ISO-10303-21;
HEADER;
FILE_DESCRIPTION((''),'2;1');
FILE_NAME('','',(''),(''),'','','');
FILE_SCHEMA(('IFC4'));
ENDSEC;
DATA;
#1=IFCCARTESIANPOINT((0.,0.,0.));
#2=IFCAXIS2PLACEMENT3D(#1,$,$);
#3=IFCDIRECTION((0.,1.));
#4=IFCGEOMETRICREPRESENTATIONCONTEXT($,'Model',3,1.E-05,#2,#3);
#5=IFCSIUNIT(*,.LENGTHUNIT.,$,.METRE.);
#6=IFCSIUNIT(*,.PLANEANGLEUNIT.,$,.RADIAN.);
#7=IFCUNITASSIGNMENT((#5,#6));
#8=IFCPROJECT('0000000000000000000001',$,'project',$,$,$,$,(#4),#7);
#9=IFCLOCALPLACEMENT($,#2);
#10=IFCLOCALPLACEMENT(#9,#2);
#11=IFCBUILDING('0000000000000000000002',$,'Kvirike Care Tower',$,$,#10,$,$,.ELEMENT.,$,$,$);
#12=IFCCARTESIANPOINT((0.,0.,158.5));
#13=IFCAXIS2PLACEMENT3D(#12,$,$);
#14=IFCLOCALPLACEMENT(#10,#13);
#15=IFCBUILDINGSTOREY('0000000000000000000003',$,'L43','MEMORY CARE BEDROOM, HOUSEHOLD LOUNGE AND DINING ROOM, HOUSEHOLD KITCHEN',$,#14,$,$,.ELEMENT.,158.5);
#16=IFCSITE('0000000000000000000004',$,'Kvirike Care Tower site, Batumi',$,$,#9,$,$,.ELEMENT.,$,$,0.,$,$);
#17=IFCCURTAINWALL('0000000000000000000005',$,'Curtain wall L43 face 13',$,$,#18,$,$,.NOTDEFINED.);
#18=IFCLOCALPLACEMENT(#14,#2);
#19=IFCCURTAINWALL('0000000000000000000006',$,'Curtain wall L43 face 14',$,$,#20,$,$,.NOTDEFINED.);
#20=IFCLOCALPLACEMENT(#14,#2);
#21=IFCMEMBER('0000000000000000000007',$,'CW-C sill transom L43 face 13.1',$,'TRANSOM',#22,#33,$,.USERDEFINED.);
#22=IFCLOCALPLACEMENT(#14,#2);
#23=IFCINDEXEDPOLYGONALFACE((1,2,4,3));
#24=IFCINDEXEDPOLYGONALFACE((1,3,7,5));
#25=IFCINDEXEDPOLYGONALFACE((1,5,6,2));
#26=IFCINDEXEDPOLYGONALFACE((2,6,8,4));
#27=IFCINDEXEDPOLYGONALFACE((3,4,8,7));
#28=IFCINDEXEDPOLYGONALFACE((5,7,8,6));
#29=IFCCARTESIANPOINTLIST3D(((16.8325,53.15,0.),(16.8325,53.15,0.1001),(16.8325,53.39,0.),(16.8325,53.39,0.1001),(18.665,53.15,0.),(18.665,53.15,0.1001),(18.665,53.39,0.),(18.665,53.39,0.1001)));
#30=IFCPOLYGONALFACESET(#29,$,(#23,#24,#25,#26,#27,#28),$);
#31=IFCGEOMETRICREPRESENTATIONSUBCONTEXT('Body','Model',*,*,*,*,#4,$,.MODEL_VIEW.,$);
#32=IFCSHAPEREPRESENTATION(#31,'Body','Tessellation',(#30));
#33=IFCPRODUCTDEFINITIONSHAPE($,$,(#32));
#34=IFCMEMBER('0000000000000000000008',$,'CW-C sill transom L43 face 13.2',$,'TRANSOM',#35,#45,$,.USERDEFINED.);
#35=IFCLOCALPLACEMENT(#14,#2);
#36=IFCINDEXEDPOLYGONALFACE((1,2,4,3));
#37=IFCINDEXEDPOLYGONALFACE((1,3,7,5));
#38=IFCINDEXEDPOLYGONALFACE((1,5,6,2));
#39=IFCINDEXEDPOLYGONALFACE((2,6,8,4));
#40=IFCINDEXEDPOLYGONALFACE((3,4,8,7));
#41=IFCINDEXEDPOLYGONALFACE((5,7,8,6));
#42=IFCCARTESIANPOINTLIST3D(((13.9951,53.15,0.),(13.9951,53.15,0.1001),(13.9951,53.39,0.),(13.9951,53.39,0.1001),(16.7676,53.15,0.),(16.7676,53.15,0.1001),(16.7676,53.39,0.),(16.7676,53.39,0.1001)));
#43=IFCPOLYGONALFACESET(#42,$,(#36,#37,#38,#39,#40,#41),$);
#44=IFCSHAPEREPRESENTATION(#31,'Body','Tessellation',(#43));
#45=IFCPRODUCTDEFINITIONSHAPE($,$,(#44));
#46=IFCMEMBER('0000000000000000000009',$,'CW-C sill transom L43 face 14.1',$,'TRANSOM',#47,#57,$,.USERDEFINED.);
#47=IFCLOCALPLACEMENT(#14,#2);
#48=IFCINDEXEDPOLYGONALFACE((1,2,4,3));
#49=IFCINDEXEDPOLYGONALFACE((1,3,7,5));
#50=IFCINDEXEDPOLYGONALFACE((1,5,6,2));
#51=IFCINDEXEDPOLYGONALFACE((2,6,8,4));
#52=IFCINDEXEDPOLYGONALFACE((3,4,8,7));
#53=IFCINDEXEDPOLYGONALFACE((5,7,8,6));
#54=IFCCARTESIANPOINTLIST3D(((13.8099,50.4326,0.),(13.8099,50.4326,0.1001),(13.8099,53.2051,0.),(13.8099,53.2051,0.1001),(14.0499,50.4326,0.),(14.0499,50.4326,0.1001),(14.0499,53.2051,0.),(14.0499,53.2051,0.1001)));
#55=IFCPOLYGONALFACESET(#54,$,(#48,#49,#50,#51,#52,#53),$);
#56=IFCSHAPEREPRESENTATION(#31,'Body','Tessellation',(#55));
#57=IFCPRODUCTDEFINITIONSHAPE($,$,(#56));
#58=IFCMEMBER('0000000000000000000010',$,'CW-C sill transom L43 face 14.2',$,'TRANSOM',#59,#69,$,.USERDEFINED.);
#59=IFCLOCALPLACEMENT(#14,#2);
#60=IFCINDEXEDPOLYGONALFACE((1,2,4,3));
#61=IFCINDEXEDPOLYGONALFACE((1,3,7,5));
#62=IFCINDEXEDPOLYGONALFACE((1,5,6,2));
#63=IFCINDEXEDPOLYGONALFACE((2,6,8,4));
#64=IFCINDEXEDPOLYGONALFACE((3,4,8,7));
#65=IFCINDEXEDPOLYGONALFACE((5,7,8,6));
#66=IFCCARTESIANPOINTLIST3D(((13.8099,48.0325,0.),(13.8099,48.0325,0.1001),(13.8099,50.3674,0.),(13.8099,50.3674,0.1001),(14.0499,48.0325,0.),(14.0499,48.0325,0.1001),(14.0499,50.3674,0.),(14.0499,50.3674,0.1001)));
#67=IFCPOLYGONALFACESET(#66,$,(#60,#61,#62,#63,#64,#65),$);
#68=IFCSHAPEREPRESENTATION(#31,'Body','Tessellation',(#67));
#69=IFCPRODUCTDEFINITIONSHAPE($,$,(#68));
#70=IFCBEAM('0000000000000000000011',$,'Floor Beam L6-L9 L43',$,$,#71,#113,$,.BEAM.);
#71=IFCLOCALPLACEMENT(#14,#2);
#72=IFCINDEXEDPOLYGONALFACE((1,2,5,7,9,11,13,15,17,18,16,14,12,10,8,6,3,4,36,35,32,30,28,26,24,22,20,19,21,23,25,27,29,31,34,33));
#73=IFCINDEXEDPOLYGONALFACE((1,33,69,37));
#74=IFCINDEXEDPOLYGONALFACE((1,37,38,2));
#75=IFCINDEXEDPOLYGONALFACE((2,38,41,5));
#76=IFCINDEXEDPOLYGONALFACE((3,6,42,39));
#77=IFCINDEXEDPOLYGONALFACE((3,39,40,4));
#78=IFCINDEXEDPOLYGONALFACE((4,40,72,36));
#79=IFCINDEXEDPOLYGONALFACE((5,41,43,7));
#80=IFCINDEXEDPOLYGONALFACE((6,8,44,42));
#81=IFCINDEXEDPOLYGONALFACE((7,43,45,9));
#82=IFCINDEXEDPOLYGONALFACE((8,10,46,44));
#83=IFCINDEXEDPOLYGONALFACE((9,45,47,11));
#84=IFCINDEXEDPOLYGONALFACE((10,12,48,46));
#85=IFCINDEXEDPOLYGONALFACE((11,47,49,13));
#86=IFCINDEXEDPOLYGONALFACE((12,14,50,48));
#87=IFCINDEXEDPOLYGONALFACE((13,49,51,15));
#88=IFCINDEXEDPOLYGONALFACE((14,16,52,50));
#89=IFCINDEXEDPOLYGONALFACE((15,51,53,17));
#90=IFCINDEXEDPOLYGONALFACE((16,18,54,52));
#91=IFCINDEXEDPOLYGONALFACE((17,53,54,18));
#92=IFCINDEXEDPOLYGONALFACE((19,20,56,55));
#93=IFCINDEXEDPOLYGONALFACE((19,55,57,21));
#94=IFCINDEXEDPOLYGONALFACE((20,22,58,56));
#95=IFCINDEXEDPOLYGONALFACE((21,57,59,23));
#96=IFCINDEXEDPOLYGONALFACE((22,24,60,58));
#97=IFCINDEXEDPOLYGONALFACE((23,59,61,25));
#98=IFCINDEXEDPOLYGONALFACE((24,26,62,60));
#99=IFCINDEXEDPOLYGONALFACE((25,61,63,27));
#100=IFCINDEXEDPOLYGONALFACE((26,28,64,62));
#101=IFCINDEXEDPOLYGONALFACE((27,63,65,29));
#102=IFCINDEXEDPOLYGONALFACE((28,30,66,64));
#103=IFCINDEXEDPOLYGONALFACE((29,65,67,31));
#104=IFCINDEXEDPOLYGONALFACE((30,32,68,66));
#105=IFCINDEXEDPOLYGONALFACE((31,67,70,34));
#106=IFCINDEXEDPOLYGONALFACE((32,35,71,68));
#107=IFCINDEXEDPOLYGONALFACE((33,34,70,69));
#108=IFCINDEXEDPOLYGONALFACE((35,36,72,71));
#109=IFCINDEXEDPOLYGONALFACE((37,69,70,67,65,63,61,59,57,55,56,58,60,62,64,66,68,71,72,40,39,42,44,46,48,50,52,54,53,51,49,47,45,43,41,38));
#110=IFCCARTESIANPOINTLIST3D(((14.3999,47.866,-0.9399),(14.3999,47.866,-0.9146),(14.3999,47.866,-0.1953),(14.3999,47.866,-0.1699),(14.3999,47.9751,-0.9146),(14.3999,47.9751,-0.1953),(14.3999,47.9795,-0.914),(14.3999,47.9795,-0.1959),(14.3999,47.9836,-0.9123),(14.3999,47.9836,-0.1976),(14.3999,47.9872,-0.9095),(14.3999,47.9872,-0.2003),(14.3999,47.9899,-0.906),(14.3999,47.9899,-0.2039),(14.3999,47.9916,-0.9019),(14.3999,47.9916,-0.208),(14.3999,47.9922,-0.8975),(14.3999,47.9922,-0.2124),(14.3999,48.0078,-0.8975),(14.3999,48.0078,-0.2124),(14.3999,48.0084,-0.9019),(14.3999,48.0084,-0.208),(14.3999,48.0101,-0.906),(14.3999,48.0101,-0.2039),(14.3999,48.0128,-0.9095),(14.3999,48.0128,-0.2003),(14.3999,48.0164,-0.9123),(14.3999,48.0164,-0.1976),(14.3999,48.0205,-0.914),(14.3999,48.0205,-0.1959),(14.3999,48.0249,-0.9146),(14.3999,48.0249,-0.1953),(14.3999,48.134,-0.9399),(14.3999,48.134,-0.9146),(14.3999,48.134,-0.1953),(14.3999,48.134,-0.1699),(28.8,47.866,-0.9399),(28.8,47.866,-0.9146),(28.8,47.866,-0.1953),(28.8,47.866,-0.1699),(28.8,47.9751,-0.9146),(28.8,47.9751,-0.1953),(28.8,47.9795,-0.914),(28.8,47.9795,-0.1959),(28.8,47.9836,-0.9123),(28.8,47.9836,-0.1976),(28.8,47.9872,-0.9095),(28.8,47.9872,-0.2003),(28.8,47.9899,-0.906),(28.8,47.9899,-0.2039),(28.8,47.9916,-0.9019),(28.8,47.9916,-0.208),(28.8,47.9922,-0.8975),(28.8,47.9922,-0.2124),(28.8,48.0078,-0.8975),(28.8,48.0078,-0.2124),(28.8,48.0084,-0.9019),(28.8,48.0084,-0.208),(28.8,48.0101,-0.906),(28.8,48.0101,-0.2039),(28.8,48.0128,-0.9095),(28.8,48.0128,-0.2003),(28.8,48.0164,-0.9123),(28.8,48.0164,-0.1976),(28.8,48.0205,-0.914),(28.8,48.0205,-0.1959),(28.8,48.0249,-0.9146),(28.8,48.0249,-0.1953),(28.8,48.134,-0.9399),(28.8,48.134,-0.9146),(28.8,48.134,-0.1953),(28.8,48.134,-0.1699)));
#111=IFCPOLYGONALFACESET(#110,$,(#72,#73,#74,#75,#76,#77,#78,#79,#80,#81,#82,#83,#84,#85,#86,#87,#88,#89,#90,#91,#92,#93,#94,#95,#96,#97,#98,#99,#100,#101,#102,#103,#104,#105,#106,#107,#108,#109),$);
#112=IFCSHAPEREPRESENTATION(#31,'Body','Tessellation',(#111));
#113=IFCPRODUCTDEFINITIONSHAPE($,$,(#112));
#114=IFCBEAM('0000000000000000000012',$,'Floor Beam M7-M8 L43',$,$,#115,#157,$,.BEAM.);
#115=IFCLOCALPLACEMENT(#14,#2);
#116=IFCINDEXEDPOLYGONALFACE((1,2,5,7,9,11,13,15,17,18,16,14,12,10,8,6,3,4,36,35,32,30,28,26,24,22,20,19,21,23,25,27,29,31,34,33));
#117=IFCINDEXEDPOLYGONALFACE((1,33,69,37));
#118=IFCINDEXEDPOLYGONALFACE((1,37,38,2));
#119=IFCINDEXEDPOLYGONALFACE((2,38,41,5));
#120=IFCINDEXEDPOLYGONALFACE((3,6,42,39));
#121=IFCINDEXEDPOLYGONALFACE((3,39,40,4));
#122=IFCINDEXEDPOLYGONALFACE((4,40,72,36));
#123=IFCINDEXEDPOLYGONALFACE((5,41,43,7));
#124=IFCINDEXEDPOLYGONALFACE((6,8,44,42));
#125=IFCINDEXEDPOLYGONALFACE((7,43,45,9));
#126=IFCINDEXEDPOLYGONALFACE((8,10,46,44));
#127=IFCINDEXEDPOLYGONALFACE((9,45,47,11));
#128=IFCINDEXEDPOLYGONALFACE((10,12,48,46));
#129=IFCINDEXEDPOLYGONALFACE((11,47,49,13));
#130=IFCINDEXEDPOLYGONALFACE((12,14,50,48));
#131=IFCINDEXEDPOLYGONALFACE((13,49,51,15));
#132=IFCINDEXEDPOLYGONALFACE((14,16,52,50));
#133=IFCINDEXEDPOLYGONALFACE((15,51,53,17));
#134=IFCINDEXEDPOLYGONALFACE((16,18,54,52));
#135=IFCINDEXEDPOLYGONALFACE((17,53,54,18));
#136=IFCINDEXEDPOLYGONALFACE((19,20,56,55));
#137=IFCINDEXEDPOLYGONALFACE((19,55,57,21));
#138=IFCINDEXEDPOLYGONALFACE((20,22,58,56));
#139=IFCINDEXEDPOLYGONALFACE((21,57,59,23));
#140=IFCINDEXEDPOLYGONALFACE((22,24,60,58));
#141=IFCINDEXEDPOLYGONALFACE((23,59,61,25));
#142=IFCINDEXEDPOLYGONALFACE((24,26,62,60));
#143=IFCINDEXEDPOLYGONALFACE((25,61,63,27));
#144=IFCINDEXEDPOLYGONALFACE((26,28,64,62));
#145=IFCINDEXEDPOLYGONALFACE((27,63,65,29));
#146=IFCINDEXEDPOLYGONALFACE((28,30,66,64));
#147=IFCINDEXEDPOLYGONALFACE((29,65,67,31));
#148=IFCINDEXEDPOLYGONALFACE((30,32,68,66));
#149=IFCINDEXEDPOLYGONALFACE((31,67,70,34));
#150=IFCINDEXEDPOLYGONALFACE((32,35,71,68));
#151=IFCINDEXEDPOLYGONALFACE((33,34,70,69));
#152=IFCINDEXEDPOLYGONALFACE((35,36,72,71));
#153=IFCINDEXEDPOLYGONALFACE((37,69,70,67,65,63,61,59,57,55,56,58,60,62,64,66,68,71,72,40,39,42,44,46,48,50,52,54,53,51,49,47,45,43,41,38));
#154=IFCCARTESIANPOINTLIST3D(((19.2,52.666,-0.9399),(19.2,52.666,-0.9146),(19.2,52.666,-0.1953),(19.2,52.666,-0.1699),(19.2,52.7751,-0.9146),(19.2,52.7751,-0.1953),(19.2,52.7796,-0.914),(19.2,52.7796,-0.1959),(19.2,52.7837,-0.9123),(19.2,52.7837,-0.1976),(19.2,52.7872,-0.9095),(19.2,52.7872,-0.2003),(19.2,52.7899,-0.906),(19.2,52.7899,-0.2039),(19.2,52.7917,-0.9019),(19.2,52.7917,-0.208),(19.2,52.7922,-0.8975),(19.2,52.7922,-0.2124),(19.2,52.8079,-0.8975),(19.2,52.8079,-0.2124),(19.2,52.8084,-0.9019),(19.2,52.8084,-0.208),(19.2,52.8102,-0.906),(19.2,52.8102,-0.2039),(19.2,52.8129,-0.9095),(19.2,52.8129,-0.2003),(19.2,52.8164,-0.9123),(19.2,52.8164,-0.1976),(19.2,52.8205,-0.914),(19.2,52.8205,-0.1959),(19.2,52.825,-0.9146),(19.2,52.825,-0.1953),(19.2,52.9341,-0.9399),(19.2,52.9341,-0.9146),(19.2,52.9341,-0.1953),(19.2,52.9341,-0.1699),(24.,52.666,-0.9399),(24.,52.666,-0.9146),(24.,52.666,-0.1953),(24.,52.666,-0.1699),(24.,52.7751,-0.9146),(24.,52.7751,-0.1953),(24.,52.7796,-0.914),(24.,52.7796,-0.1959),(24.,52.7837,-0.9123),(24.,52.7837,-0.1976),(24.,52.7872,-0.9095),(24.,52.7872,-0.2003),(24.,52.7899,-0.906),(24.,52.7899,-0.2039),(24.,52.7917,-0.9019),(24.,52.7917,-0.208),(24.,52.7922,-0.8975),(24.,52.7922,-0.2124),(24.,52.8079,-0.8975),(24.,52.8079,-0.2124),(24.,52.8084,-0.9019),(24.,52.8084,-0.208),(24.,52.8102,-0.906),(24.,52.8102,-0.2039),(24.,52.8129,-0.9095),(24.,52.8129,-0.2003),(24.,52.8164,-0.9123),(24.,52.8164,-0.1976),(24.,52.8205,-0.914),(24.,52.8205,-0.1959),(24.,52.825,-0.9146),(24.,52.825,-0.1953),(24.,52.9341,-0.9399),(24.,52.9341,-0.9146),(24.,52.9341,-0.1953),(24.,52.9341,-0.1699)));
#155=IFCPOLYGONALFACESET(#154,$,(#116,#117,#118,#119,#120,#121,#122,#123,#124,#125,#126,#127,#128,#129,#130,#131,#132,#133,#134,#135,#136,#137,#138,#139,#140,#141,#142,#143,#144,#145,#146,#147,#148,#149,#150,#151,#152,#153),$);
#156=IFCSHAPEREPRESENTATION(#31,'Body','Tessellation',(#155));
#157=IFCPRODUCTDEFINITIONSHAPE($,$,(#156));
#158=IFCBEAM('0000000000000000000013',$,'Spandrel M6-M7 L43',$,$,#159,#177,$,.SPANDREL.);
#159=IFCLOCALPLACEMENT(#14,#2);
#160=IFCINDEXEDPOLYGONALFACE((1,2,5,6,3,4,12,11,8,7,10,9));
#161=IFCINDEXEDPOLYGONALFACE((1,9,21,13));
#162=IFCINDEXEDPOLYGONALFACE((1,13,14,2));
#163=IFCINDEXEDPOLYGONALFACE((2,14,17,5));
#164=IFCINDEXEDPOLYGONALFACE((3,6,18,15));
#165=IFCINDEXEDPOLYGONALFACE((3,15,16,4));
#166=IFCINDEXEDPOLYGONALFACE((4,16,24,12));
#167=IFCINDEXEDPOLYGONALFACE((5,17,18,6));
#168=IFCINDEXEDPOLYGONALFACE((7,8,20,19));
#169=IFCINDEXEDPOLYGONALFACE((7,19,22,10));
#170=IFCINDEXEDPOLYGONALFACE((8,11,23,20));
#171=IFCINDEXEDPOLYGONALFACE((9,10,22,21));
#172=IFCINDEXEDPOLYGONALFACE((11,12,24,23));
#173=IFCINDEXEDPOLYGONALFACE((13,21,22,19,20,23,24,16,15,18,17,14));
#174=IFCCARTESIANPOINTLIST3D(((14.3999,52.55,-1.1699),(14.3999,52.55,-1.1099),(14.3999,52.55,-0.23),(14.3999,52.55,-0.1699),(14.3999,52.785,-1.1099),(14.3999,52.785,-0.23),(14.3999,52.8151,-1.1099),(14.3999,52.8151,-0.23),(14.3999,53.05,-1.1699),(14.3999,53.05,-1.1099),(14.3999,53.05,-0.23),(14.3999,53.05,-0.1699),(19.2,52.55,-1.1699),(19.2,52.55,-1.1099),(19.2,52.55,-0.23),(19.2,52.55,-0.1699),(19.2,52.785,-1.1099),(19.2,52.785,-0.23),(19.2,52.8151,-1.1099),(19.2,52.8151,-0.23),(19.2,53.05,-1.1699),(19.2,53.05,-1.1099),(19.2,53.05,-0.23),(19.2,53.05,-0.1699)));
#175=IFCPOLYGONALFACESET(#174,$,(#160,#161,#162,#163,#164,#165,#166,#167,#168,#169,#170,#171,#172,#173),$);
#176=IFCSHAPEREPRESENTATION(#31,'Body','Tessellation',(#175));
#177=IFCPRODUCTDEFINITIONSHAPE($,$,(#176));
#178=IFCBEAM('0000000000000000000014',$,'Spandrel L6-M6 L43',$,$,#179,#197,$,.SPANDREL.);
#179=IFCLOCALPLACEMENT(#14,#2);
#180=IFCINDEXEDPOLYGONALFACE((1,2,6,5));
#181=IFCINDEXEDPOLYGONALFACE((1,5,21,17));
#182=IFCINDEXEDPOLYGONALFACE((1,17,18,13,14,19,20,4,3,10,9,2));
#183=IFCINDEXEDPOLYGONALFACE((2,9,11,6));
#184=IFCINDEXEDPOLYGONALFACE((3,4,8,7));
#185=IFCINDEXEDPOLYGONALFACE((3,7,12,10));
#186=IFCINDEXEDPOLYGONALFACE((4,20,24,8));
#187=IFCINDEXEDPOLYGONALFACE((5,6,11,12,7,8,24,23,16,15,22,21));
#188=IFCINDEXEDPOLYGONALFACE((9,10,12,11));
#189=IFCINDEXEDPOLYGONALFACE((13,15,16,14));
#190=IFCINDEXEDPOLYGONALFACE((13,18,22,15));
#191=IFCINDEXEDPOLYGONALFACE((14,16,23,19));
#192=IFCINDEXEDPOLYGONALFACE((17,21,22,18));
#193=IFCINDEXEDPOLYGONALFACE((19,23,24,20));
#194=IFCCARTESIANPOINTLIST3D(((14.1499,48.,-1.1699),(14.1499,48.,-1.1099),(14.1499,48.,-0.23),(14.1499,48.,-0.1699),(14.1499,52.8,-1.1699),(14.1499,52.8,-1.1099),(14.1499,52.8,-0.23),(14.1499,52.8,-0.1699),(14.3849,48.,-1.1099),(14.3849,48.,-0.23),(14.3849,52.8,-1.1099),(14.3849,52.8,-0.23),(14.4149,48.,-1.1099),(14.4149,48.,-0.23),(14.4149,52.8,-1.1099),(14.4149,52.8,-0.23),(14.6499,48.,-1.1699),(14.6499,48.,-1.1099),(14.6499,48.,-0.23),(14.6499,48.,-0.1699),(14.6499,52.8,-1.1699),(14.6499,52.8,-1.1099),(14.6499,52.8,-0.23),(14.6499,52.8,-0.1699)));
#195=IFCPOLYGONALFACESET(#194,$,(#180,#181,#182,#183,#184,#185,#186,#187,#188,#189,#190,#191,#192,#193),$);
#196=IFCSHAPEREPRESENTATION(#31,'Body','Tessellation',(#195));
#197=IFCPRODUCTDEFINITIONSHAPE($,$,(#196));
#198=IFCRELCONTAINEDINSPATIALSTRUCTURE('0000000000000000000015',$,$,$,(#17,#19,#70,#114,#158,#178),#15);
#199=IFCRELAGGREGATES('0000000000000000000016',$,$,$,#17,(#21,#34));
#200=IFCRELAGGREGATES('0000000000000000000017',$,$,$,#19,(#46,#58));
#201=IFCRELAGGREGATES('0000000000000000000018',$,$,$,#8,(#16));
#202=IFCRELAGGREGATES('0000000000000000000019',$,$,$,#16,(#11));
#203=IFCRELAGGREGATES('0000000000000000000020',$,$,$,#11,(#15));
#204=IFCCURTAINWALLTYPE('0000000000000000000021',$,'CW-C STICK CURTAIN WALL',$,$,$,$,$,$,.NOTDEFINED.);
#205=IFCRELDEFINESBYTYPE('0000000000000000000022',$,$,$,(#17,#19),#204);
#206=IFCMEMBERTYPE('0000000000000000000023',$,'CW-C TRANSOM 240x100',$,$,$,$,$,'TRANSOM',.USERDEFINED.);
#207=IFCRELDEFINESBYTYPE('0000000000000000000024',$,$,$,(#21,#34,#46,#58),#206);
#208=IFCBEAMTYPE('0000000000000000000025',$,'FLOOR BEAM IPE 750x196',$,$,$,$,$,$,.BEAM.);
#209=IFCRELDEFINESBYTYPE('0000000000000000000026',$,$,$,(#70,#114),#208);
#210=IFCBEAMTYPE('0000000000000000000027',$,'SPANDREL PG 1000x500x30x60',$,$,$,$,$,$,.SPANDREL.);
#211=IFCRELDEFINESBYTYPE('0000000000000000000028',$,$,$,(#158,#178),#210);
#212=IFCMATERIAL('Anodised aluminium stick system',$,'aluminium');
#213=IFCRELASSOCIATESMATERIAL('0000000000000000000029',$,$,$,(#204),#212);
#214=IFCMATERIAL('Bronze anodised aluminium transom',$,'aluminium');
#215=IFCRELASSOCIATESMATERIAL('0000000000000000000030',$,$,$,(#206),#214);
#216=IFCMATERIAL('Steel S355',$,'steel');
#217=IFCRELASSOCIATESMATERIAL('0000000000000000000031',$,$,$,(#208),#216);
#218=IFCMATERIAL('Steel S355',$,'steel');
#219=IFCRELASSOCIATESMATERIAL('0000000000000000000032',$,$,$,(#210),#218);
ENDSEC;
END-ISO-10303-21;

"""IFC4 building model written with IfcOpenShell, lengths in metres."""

from ifc_helpers import new_model, si_unit, direction, frame, origin, origin_2d, place, context, subcontext, project, spatial, rectangle, i_section, extrude, material, material_profile, profile_set, type_object, element, aggregate, save


model = new_model("IFC4")

# Units and contexts
model_context = context("Model", 3, precision=1e-05, world=origin(), true_north=direction((0.0, 1.0)))
body_context = subcontext(model_context, "Body", "Model", "MODEL_VIEW")
ifc_project = project(units=[si_unit("LENGTHUNIT", "METRE"), si_unit("PLANEANGLEUNIT", "RADIAN")], contexts=[model_context])

# Site, building, storey
site_placement = place(None, origin())
site = spatial("IfcSite", under=ifc_project, at=site_placement, Name="Kvirike Care Tower site, Batumi", CompositionType="ELEMENT", RefElevation=0.0)
building_placement = place(site_placement, origin())
building = spatial("IfcBuilding", under=site, at=building_placement, Name="Kvirike Care Tower", CompositionType="ELEMENT")
storey_placement = place(building_placement, frame((0.0, 0.0, 158.5)))
storey = spatial("IfcBuildingStorey", under=building, at=storey_placement, Name="L43", Description="MEMORY CARE BEDROOM, HOUSEHOLD LOUNGE AND DINING ROOM, HOUSEHOLD KITCHEN", CompositionType="ELEMENT", Elevation=158.5)

# Shared definitions
ifc_material_1 = material(Name="Anodised aluminium stick system", Category="aluminium")
curtain_wall_type = type_object("IfcCurtainWallType", Name="CW-C STICK CURTAIN WALL", PredefinedType="NOTDEFINED", material=ifc_material_1)

# Curtain walls
curtain_wall_1_placement = place(storey_placement, origin())
curtain_wall_1 = element("IfcCurtainWall", 1, at=curtain_wall_1_placement, inside=storey, type_object=curtain_wall_type, Name="Curtain wall L43 face 13", PredefinedType="NOTDEFINED")
curtain_wall_2_placement = place(storey_placement, origin())
curtain_wall_2 = element("IfcCurtainWall", 2, at=curtain_wall_2_placement, inside=storey, type_object=curtain_wall_type, Name="Curtain wall L43 face 14", PredefinedType="NOTDEFINED")

# Members
ifc_material_2 = material(Name="Bronze anodised aluminium transom", Category="aluminium")
ifc_material_profile_1 = material_profile(ifc_material_2, rectangle(XDim=0.24, YDim=0.1001, at=origin_2d()), Name="CW-C TRANSOM 240x100")
ifc_profile_set_1 = profile_set([ifc_material_profile_1], Name="Bronze anodised aluminium transom")
member_type_1 = type_object("IfcMemberType", Name="CW-C TRANSOM 240x100", ElementType="TRANSOM", PredefinedType="USERDEFINED", material=ifc_profile_set_1)
member_1_placement = place(storey_placement, frame((18.665, 53.27, 0.05), z_axis=(-1.0, 0.0, 0.0), x_axis=(0.0, -1.0, 0.0)))
member_1 = element("IfcMember", 3, at=member_1_placement, type_object=member_type_1, Name="CW-C sill transom L43 face 13.1", ObjectType="TRANSOM", PredefinedType="USERDEFINED", context=body_context, shape_type="SweptSolid", body=[
    extrude(rectangle(XDim=0.24, YDim=0.1001, at=origin_2d()), origin(), (0.0, 0.0, 1.0), 1.8325),
])
member_2_placement = place(storey_placement, frame((16.7676, 53.27, 0.05), z_axis=(-1.0, 0.0, 0.0), x_axis=(0.0, -1.0, 0.0)))
member_2 = element("IfcMember", 4, at=member_2_placement, type_object=member_type_1, Name="CW-C sill transom L43 face 13.2", ObjectType="TRANSOM", PredefinedType="USERDEFINED", context=body_context, shape_type="SweptSolid", body=[
    extrude(rectangle(XDim=0.24, YDim=0.1001, at=origin_2d()), origin(), (0.0, 0.0, 1.0), 2.7725),
])
member_3_placement = place(storey_placement, frame((13.9299, 53.2051, 0.05), z_axis=(0.0, -1.0, 0.0), x_axis=(1.0, 0.0, 0.0)))
member_3 = element("IfcMember", 5, at=member_3_placement, type_object=member_type_1, Name="CW-C sill transom L43 face 14.1", ObjectType="TRANSOM", PredefinedType="USERDEFINED", context=body_context, shape_type="SweptSolid", body=[
    extrude(rectangle(XDim=0.24, YDim=0.1001, at=origin_2d()), origin(), (0.0, 0.0, 1.0), 2.7725),
])
member_4_placement = place(storey_placement, frame((13.9299, 50.3674, 0.05), z_axis=(0.0, -1.0, 0.0), x_axis=(1.0, 0.0, 0.0)))
member_4 = element("IfcMember", 6, at=member_4_placement, type_object=member_type_1, Name="CW-C sill transom L43 face 14.2", ObjectType="TRANSOM", PredefinedType="USERDEFINED", context=body_context, shape_type="SweptSolid", body=[
    extrude(rectangle(XDim=0.24, YDim=0.1001, at=origin_2d()), origin(), (0.0, 0.0, 1.0), 2.335),
])

# Beams
ifc_material_3 = material(Name="Steel S355", Category="steel")
ifc_material_profile_2 = material_profile(ifc_material_3, i_section(OverallWidth=0.2681, OverallDepth=0.77, WebThickness=0.0156, FlangeThickness=0.0254, FilletRadius=0.0171, at=origin_2d()), Name="IPE 750x196")
ifc_profile_set_2 = profile_set([ifc_material_profile_2], Name="Steel S355")
beam_type_1 = type_object("IfcBeamType", Name="FLOOR BEAM IPE 750x196", PredefinedType="BEAM", material=ifc_profile_set_2)
beam_1_placement = place(storey_placement, frame((14.3999, 48.0, -0.5549), z_axis=(1.0, 0.0, 0.0), x_axis=(0.0, 1.0, 0.0)))
element("IfcBeam", 7, at=beam_1_placement, inside=storey, type_object=beam_type_1, Name="Floor Beam L6-L9 L43", PredefinedType="BEAM", context=body_context, shape_type="SweptSolid", body=[
    extrude(i_section(OverallWidth=0.2681, OverallDepth=0.77, WebThickness=0.0156, FlangeThickness=0.0254, FilletRadius=0.0171, at=origin_2d()), origin(), (0.0, 0.0, 1.0), 14.4001),
])
beam_2_placement = place(storey_placement, frame((19.2, 52.8, -0.5549), z_axis=(1.0, 0.0, 0.0), x_axis=(0.0, 1.0, 0.0)))
element("IfcBeam", 8, at=beam_2_placement, inside=storey, type_object=beam_type_1, Name="Floor Beam M7-M8 L43", PredefinedType="BEAM", context=body_context, shape_type="SweptSolid", body=[
    extrude(i_section(OverallWidth=0.2681, OverallDepth=0.77, WebThickness=0.0156, FlangeThickness=0.0254, FilletRadius=0.0171, at=origin_2d()), origin(), (0.0, 0.0, 1.0), 4.8),
])
ifc_material_4 = material(Name="Steel S355", Category="steel")
ifc_material_profile_3 = material_profile(ifc_material_4, i_section(OverallWidth=0.5, OverallDepth=1.0, WebThickness=0.03, FlangeThickness=0.0601, at=origin_2d()), Name="PG 1000x500x30x60")
ifc_profile_set_3 = profile_set([ifc_material_profile_3], Name="Steel S355")
beam_type_2 = type_object("IfcBeamType", Name="SPANDREL PG 1000x500x30x60", PredefinedType="SPANDREL", material=ifc_profile_set_3)
for number, where, z_axis, x_axis, name in (
    (9, (14.3999, 52.8, -0.6699), (1.0, 0.0, 0.0), (0.0, 1.0, 0.0), "Spandrel M6-M7 L43"),
    (10, (14.3999, 48.0, -0.6699), (0.0, 1.0, 0.0), (-1.0, 0.0, 0.0), "Spandrel L6-M6 L43"),
):
    element("IfcBeam", number, at=place(storey_placement, frame(where, z_axis=z_axis, x_axis=x_axis)), inside=storey, type_object=beam_type_2, Name=name, PredefinedType="SPANDREL", context=body_context, shape_type="SweptSolid", body=[
        extrude(i_section(OverallWidth=0.5, OverallDepth=1.0, WebThickness=0.03, FlangeThickness=0.0601, at=origin_2d()), origin(), (0.0, 0.0, 1.0), 4.8),
    ])

aggregate(curtain_wall_1, [member_1, member_2])
aggregate(curtain_wall_2, [member_3, member_4])

save(model, "model.ifc")
